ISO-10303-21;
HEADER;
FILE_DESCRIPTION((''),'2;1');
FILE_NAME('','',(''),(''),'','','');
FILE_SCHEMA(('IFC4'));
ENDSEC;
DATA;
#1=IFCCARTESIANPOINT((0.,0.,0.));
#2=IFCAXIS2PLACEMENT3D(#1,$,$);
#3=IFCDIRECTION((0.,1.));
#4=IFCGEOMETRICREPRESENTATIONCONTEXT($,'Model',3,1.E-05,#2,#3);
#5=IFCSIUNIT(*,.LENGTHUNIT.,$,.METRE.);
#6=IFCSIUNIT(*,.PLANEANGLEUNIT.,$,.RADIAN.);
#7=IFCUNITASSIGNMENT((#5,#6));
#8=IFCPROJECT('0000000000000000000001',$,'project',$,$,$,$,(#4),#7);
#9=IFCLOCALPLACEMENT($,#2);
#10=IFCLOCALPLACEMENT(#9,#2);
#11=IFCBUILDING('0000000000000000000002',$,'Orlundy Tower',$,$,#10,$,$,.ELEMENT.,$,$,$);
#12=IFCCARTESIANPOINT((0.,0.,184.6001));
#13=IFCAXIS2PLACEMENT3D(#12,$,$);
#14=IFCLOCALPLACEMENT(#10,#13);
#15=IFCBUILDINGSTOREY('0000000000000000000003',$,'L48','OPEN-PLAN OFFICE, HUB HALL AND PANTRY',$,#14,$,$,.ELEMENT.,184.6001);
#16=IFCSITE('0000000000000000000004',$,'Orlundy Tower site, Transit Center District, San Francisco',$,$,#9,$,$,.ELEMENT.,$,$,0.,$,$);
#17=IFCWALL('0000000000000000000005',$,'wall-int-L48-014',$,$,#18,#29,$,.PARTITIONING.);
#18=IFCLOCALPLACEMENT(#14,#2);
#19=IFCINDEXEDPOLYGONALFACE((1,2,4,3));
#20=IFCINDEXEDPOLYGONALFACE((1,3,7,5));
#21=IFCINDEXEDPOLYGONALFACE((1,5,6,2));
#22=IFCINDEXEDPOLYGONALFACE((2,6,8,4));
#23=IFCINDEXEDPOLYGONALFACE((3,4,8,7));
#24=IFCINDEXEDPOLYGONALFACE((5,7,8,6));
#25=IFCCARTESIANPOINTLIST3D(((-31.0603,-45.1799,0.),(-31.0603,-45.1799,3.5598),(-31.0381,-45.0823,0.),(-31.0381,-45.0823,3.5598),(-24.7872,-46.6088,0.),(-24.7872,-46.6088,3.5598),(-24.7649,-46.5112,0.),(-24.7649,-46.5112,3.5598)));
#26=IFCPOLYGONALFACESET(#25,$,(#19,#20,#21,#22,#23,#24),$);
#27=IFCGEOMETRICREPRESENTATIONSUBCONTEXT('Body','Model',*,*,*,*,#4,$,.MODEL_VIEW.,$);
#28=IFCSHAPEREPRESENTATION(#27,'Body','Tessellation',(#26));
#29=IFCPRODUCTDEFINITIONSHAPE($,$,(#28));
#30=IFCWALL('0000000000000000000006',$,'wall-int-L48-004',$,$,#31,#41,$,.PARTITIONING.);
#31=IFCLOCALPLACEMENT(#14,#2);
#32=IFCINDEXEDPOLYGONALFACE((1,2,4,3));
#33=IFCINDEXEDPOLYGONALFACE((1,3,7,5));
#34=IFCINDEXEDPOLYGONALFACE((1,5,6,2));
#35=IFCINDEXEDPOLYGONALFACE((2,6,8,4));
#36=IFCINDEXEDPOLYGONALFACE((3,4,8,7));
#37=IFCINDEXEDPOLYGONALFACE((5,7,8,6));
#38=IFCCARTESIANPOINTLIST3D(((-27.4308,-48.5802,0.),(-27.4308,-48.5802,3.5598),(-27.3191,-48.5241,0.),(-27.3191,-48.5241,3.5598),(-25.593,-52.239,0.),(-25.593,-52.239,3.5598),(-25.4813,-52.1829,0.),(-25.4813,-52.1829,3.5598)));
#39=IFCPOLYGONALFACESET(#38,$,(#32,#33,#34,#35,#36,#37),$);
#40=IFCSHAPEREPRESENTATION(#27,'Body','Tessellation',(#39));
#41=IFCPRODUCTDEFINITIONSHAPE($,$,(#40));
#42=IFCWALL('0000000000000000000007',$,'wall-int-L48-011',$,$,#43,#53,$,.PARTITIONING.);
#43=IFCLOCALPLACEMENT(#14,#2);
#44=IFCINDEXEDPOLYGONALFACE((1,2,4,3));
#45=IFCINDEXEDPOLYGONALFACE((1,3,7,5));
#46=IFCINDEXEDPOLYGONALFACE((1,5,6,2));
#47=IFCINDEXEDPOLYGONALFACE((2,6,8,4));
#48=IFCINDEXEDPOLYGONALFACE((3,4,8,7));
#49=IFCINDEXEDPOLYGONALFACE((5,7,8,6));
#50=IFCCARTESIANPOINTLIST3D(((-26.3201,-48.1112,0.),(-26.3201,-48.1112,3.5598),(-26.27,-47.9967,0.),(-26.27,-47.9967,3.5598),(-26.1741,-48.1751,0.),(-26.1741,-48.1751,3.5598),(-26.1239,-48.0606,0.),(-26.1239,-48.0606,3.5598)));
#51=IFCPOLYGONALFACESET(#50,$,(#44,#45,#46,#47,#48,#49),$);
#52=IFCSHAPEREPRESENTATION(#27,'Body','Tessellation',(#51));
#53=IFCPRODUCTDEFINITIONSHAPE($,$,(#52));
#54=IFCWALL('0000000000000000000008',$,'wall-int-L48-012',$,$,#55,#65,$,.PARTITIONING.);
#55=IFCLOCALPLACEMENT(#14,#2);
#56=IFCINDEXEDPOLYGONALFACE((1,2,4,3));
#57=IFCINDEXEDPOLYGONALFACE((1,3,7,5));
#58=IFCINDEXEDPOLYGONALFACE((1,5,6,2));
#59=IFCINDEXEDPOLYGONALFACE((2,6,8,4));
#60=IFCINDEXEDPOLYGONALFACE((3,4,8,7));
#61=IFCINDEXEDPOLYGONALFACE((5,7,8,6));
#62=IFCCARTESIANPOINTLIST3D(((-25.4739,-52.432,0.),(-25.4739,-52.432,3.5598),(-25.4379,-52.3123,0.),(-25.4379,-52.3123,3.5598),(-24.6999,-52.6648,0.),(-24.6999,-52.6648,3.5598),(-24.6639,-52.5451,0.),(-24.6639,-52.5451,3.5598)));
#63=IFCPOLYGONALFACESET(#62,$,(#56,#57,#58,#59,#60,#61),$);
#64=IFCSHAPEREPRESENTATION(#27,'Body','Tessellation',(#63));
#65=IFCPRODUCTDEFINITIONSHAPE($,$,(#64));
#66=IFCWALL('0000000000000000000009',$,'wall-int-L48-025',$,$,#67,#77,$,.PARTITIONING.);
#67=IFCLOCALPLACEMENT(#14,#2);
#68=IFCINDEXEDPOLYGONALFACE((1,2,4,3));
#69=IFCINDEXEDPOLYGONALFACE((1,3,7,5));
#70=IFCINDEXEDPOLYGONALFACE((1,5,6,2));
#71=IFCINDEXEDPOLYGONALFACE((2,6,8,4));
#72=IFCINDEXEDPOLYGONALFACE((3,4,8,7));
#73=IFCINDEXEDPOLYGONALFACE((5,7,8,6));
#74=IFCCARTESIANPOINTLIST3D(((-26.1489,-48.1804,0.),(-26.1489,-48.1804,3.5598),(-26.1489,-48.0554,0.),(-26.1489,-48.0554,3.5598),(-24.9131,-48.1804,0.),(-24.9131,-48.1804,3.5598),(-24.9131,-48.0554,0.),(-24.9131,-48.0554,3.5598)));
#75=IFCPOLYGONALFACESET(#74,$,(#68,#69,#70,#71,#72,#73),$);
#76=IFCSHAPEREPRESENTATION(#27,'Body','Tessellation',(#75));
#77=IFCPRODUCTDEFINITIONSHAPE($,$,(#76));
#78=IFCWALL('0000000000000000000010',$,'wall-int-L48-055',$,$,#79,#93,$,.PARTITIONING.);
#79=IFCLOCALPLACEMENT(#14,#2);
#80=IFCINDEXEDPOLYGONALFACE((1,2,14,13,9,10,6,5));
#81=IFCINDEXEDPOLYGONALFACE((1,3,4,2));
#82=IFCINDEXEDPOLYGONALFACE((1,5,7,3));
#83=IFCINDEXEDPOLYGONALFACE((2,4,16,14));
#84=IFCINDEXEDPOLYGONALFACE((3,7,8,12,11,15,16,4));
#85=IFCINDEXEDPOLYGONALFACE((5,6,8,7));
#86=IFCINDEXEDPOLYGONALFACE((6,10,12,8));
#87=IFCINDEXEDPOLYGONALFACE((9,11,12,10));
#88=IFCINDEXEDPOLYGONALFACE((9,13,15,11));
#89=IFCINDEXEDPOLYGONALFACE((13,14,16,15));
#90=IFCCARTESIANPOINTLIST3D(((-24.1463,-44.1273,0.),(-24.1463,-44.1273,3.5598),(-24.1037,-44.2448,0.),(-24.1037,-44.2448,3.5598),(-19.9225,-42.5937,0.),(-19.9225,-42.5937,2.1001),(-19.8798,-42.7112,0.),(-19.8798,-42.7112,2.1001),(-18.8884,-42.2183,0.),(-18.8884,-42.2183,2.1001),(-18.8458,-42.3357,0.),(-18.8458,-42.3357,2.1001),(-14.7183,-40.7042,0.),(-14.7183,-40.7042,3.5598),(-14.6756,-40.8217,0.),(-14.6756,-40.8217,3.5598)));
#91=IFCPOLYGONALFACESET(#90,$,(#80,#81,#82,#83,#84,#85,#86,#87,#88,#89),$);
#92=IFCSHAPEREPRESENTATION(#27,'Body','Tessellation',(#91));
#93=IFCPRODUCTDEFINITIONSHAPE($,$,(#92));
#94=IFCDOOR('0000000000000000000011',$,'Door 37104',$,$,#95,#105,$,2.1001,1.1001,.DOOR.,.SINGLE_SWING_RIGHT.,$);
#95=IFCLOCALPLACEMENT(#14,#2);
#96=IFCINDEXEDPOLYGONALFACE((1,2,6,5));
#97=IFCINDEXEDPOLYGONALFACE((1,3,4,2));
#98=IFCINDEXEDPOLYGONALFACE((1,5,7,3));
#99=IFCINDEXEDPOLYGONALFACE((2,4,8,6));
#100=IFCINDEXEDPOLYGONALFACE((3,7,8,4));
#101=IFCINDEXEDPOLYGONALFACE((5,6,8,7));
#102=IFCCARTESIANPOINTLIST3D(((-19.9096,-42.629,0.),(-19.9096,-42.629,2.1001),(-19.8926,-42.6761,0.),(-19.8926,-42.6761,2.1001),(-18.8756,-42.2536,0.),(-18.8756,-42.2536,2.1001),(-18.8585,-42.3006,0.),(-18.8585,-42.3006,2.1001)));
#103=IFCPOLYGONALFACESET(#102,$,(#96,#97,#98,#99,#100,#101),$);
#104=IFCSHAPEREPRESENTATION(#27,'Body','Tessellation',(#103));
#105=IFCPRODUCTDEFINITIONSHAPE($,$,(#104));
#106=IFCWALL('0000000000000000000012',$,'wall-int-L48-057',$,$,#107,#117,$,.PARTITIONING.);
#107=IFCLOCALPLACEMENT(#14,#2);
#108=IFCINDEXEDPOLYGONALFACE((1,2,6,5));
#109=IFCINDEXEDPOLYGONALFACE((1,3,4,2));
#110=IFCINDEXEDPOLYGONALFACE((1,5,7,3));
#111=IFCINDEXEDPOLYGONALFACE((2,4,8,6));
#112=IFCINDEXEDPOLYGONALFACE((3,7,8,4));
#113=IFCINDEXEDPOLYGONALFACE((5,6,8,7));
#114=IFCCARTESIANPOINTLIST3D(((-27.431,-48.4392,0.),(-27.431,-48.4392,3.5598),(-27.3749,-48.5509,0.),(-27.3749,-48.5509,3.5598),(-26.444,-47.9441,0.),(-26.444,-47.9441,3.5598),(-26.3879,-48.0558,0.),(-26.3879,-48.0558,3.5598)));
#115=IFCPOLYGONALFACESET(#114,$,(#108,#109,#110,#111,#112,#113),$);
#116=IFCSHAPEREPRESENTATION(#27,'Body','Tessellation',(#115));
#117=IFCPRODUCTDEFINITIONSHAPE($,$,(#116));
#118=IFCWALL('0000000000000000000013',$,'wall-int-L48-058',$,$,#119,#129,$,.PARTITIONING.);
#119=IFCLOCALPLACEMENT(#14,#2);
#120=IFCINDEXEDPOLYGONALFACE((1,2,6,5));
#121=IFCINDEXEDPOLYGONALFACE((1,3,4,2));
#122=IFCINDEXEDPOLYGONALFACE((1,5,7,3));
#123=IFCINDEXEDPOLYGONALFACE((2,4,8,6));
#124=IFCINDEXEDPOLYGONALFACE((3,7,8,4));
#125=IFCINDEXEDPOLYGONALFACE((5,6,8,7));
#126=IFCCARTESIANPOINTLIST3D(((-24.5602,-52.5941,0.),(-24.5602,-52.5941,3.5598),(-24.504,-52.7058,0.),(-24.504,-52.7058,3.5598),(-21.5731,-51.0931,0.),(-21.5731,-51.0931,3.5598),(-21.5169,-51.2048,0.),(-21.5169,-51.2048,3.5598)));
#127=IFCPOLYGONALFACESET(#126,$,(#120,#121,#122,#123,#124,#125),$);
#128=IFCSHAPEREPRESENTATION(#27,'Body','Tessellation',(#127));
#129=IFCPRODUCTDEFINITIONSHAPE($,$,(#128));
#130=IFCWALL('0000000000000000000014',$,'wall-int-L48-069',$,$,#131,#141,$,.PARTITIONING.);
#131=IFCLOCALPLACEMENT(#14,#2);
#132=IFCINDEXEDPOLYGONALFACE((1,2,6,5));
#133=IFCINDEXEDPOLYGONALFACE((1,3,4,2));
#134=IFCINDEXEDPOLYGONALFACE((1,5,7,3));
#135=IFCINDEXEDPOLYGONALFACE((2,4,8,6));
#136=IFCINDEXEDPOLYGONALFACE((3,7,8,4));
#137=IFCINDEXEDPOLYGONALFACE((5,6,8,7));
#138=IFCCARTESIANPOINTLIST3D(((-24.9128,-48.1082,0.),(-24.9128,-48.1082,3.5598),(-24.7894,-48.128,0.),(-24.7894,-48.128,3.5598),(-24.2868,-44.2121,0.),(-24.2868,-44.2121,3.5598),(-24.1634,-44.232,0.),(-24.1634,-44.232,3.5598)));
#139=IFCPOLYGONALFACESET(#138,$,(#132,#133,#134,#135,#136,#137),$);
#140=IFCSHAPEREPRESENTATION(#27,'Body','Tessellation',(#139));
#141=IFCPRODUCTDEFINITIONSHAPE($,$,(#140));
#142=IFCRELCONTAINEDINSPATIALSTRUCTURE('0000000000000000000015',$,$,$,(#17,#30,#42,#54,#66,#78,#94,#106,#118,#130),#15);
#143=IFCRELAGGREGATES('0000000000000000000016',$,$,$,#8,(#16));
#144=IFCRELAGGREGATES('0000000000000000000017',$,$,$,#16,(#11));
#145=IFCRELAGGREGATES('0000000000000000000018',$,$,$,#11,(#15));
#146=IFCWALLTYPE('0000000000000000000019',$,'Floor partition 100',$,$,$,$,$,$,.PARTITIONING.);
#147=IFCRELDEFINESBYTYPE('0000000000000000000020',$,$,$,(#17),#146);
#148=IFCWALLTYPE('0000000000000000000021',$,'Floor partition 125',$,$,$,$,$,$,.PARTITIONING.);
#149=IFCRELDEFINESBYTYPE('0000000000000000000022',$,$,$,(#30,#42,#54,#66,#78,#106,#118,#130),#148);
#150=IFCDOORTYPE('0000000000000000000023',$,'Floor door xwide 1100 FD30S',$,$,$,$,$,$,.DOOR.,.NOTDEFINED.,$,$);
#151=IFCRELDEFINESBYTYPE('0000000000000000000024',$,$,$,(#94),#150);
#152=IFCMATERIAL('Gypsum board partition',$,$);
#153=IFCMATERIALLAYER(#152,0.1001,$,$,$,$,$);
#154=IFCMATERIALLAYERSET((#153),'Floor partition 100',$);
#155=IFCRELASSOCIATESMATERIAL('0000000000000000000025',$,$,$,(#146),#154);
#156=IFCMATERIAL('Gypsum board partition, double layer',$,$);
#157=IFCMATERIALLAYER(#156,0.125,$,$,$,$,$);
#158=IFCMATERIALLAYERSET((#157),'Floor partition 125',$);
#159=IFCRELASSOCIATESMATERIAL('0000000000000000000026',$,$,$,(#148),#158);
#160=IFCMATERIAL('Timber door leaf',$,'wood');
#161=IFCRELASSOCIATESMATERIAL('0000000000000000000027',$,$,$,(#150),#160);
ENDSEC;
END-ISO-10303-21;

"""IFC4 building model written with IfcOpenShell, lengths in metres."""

from ifc_helpers import new_model, si_unit, direction, frame, frame_2d, origin, place, context, subcontext, project, spatial, rectangle, extrude, material, layer, layer_set, type_object, element, fill, save


model = new_model("IFC4")

# Units and contexts
model_context = context("Model", 3, precision=1e-05, world=origin(), true_north=direction((0.0, 1.0)))
body_context = subcontext(model_context, "Body", "Model", "MODEL_VIEW")
ifc_project = project(units=[si_unit("LENGTHUNIT", "METRE"), si_unit("PLANEANGLEUNIT", "RADIAN")], contexts=[model_context])

# Site, building, storey
site_placement = place(None, origin())
site = spatial("IfcSite", under=ifc_project, at=site_placement, Name="Orlundy Tower site, Transit Center District, San Francisco", CompositionType="ELEMENT", RefElevation=0.0)
building_placement = place(site_placement, origin())
building = spatial("IfcBuilding", under=site, at=building_placement, Name="Orlundy Tower", CompositionType="ELEMENT")
storey_placement = place(building_placement, frame((0.0, 0.0, 184.6001)))
storey = spatial("IfcBuildingStorey", under=building, at=storey_placement, Name="L48", Description="OPEN-PLAN OFFICE, HUB HALL AND PANTRY", CompositionType="ELEMENT", Elevation=184.6001)

# Walls
ifc_material_1 = material(Name="Gypsum board partition")
ifc_layer_1 = layer(ifc_material_1, 0.1001)
ifc_layer_set_1 = layer_set([ifc_layer_1], Name="Floor partition 100")
wall_type_1 = type_object("IfcWallType", Name="Floor partition 100", PredefinedType="PARTITIONING", material=ifc_layer_set_1)
wall_1_placement = place(storey_placement, frame((-31.0491, -45.1311, 0.0), z_axis=(0.0, 0.0, 1.0), x_axis=(0.975024, -0.222098, 0.0)))
element("IfcWall", 1, at=wall_1_placement, inside=storey, type_object=wall_type_1, Name="wall-int-L48-014", PredefinedType="PARTITIONING", context=body_context, shape_type="SweptSolid", body=[
    extrude(rectangle(XDim=6.4338, YDim=0.1001, at=frame_2d((3.2168, 0.0))), origin(), (0.0, 0.0, 1.0), 3.5598),
])
ifc_material_2 = material(Name="Gypsum board partition, double layer")
ifc_layer_2 = layer(ifc_material_2, 0.125)
ifc_layer_set_2 = layer_set([ifc_layer_2], Name="Floor partition 125")
wall_type_2 = type_object("IfcWallType", Name="Floor partition 125", PredefinedType="PARTITIONING", material=ifc_layer_set_2)
wall_2_placement = place(storey_placement, frame((-27.375, -48.552, 0.0), z_axis=(0.0, 0.0, 1.0), x_axis=(0.448858, -0.893603, 0.0)))
element("IfcWall", 2, at=wall_2_placement, inside=storey, type_object=wall_type_2, Name="wall-int-L48-004", PredefinedType="PARTITIONING", context=body_context, shape_type="SweptSolid", body=[
    extrude(rectangle(XDim=4.0945, YDim=0.125, at=frame_2d((2.0474, 0.0))), origin(), (0.0, 0.0, 1.0), 3.5598),
])
wall_3_placement = place(storey_placement, frame((-26.2949, -48.054, 0.0), z_axis=(0.0, 0.0, 1.0), x_axis=(0.915946, -0.401301, 0.0)))
element("IfcWall", 3, at=wall_3_placement, inside=storey, type_object=wall_type_2, Name="wall-int-L48-011", PredefinedType="PARTITIONING", context=body_context, shape_type="SweptSolid", body=[
    extrude(rectangle(XDim=0.1594, YDim=0.125, at=frame_2d((0.0796, 0.0))), origin(), (0.0, 0.0, 1.0), 3.5598),
])
wall_4_placement = place(storey_placement, frame((-25.4561, -52.3721, 0.0), z_axis=(0.0, 0.0, 1.0), x_axis=(0.957602, -0.288096, 0.0)))
element("IfcWall", 4, at=wall_4_placement, inside=storey, type_object=wall_type_2, Name="wall-int-L48-012", PredefinedType="PARTITIONING", context=body_context, shape_type="SweptSolid", body=[
    extrude(rectangle(XDim=0.8083, YDim=0.125, at=frame_2d((0.4043, 0.0))), origin(), (0.0, 0.0, 1.0), 3.5598),
])
wall_5_placement = place(storey_placement, frame((-26.1489, -48.1179, 0.0), z_axis=(0.0, 0.0, 1.0), x_axis=(1.0, 0.0, 0.0)))
element("IfcWall", 5, at=wall_5_placement, inside=storey, type_object=wall_type_2, Name="wall-int-L48-025", PredefinedType="PARTITIONING", context=body_context, shape_type="SweptSolid", body=[
    extrude(rectangle(XDim=1.2358, YDim=0.125, at=frame_2d((0.6179, 0.0))), origin(), (0.0, 0.0, 1.0), 3.5598),
])

# Wall, opening, door
wall_6_placement = place(storey_placement, frame((-24.125, -44.186, 0.0), z_axis=(0.0, 0.0, 1.0), x_axis=(0.939962, 0.34128, 0.0)))
wall_6 = element("IfcWall", 6, at=wall_6_placement, inside=storey, type_object=wall_type_2, Name="wall-int-L48-055", PredefinedType="PARTITIONING", context=body_context, shape_type="SweptSolid", body=[
    extrude(rectangle(XDim=10.0303, YDim=0.125, at=frame_2d((5.0151, 0.0))), origin(), (0.0, 0.0, 1.0), 3.5598),
])
opening_placement = place(wall_6_placement, frame((4.4937, 0.0, 0.0)))
opening = element("IfcOpeningElement", 7, at=opening_placement, cuts=wall_6, PredefinedType="OPENING", context=body_context, shape_type="SweptSolid", body=[
    extrude(rectangle(XDim=1.1001, YDim=2.1001, at=frame_2d((0.55, 1.05))), frame((0.0, 0.0725, 0.0), z_axis=(0.0, -1.0, 0.0), x_axis=(1.0, 0.0, 0.0)), (0.0, 0.0, 1.0), 0.145),
])
ifc_material_3 = material(Name="Timber door leaf", Category="wood")
door_type = type_object("IfcDoorType", Name="Floor door xwide 1100 FD30S", OperationType="NOTDEFINED", PredefinedType="DOOR", material=ifc_material_3)
door_placement = place(opening_placement, origin())
door = element("IfcDoor", 8, at=door_placement, inside=storey, type_object=door_type, Name="Door 37104", OperationType="SINGLE_SWING_RIGHT", OverallHeight=2.1001, OverallWidth=1.1001, PredefinedType="DOOR", context=body_context, shape_type="SweptSolid", body=[
    extrude(rectangle(XDim=1.1001, YDim=2.1001, at=frame_2d((0.55, 1.05))), frame((0.0, 0.0249, 0.0), z_axis=(0.0, -1.0, 0.0), x_axis=(1.0, 0.0, 0.0)), (0.0, 0.0, 1.0), 0.05),
])
fill(opening, door)

# Walls
wall_7_placement = place(storey_placement, frame((-27.4031, -48.4951, 0.0), z_axis=(0.0, 0.0, 1.0), x_axis=(0.893852, 0.448363, 0.0)))
element("IfcWall", 9, at=wall_7_placement, inside=storey, type_object=wall_type_2, Name="wall-int-L48-057", PredefinedType="PARTITIONING", context=body_context, shape_type="SweptSolid", body=[
    extrude(rectangle(XDim=1.1042, YDim=0.125, at=frame_2d((0.5522, 0.0))), origin(), (0.0, 0.0, 1.0), 3.5598),
])
wall_8_placement = place(storey_placement, frame((-24.532, -52.6499, 0.0), z_axis=(0.0, 0.0, 1.0), x_axis=(0.893534, 0.448995, 0.0)))
element("IfcWall", 10, at=wall_8_placement, inside=storey, type_object=wall_type_2, Name="wall-int-L48-058", PredefinedType="PARTITIONING", context=body_context, shape_type="SweptSolid", body=[
    extrude(rectangle(XDim=3.343, YDim=0.125, at=frame_2d((1.6714, 0.0))), origin(), (0.0, 0.0, 1.0), 3.5598),
])
wall_9_placement = place(storey_placement, frame((-24.2251, -44.2219, 0.0), z_axis=(0.0, 0.0, 1.0), x_axis=(-0.158637, -0.987337, 0.0)))
element("IfcWall", 11, at=wall_9_placement, inside=storey, type_object=wall_type_2, Name="wall-int-L48-069", PredefinedType="PARTITIONING", context=body_context, shape_type="SweptSolid", body=[
    extrude(rectangle(XDim=3.946, YDim=0.125, at=frame_2d((1.9731, 0.0))), origin(), (0.0, 0.0, 1.0), 3.5598),
])

save(model, "model.ifc")
